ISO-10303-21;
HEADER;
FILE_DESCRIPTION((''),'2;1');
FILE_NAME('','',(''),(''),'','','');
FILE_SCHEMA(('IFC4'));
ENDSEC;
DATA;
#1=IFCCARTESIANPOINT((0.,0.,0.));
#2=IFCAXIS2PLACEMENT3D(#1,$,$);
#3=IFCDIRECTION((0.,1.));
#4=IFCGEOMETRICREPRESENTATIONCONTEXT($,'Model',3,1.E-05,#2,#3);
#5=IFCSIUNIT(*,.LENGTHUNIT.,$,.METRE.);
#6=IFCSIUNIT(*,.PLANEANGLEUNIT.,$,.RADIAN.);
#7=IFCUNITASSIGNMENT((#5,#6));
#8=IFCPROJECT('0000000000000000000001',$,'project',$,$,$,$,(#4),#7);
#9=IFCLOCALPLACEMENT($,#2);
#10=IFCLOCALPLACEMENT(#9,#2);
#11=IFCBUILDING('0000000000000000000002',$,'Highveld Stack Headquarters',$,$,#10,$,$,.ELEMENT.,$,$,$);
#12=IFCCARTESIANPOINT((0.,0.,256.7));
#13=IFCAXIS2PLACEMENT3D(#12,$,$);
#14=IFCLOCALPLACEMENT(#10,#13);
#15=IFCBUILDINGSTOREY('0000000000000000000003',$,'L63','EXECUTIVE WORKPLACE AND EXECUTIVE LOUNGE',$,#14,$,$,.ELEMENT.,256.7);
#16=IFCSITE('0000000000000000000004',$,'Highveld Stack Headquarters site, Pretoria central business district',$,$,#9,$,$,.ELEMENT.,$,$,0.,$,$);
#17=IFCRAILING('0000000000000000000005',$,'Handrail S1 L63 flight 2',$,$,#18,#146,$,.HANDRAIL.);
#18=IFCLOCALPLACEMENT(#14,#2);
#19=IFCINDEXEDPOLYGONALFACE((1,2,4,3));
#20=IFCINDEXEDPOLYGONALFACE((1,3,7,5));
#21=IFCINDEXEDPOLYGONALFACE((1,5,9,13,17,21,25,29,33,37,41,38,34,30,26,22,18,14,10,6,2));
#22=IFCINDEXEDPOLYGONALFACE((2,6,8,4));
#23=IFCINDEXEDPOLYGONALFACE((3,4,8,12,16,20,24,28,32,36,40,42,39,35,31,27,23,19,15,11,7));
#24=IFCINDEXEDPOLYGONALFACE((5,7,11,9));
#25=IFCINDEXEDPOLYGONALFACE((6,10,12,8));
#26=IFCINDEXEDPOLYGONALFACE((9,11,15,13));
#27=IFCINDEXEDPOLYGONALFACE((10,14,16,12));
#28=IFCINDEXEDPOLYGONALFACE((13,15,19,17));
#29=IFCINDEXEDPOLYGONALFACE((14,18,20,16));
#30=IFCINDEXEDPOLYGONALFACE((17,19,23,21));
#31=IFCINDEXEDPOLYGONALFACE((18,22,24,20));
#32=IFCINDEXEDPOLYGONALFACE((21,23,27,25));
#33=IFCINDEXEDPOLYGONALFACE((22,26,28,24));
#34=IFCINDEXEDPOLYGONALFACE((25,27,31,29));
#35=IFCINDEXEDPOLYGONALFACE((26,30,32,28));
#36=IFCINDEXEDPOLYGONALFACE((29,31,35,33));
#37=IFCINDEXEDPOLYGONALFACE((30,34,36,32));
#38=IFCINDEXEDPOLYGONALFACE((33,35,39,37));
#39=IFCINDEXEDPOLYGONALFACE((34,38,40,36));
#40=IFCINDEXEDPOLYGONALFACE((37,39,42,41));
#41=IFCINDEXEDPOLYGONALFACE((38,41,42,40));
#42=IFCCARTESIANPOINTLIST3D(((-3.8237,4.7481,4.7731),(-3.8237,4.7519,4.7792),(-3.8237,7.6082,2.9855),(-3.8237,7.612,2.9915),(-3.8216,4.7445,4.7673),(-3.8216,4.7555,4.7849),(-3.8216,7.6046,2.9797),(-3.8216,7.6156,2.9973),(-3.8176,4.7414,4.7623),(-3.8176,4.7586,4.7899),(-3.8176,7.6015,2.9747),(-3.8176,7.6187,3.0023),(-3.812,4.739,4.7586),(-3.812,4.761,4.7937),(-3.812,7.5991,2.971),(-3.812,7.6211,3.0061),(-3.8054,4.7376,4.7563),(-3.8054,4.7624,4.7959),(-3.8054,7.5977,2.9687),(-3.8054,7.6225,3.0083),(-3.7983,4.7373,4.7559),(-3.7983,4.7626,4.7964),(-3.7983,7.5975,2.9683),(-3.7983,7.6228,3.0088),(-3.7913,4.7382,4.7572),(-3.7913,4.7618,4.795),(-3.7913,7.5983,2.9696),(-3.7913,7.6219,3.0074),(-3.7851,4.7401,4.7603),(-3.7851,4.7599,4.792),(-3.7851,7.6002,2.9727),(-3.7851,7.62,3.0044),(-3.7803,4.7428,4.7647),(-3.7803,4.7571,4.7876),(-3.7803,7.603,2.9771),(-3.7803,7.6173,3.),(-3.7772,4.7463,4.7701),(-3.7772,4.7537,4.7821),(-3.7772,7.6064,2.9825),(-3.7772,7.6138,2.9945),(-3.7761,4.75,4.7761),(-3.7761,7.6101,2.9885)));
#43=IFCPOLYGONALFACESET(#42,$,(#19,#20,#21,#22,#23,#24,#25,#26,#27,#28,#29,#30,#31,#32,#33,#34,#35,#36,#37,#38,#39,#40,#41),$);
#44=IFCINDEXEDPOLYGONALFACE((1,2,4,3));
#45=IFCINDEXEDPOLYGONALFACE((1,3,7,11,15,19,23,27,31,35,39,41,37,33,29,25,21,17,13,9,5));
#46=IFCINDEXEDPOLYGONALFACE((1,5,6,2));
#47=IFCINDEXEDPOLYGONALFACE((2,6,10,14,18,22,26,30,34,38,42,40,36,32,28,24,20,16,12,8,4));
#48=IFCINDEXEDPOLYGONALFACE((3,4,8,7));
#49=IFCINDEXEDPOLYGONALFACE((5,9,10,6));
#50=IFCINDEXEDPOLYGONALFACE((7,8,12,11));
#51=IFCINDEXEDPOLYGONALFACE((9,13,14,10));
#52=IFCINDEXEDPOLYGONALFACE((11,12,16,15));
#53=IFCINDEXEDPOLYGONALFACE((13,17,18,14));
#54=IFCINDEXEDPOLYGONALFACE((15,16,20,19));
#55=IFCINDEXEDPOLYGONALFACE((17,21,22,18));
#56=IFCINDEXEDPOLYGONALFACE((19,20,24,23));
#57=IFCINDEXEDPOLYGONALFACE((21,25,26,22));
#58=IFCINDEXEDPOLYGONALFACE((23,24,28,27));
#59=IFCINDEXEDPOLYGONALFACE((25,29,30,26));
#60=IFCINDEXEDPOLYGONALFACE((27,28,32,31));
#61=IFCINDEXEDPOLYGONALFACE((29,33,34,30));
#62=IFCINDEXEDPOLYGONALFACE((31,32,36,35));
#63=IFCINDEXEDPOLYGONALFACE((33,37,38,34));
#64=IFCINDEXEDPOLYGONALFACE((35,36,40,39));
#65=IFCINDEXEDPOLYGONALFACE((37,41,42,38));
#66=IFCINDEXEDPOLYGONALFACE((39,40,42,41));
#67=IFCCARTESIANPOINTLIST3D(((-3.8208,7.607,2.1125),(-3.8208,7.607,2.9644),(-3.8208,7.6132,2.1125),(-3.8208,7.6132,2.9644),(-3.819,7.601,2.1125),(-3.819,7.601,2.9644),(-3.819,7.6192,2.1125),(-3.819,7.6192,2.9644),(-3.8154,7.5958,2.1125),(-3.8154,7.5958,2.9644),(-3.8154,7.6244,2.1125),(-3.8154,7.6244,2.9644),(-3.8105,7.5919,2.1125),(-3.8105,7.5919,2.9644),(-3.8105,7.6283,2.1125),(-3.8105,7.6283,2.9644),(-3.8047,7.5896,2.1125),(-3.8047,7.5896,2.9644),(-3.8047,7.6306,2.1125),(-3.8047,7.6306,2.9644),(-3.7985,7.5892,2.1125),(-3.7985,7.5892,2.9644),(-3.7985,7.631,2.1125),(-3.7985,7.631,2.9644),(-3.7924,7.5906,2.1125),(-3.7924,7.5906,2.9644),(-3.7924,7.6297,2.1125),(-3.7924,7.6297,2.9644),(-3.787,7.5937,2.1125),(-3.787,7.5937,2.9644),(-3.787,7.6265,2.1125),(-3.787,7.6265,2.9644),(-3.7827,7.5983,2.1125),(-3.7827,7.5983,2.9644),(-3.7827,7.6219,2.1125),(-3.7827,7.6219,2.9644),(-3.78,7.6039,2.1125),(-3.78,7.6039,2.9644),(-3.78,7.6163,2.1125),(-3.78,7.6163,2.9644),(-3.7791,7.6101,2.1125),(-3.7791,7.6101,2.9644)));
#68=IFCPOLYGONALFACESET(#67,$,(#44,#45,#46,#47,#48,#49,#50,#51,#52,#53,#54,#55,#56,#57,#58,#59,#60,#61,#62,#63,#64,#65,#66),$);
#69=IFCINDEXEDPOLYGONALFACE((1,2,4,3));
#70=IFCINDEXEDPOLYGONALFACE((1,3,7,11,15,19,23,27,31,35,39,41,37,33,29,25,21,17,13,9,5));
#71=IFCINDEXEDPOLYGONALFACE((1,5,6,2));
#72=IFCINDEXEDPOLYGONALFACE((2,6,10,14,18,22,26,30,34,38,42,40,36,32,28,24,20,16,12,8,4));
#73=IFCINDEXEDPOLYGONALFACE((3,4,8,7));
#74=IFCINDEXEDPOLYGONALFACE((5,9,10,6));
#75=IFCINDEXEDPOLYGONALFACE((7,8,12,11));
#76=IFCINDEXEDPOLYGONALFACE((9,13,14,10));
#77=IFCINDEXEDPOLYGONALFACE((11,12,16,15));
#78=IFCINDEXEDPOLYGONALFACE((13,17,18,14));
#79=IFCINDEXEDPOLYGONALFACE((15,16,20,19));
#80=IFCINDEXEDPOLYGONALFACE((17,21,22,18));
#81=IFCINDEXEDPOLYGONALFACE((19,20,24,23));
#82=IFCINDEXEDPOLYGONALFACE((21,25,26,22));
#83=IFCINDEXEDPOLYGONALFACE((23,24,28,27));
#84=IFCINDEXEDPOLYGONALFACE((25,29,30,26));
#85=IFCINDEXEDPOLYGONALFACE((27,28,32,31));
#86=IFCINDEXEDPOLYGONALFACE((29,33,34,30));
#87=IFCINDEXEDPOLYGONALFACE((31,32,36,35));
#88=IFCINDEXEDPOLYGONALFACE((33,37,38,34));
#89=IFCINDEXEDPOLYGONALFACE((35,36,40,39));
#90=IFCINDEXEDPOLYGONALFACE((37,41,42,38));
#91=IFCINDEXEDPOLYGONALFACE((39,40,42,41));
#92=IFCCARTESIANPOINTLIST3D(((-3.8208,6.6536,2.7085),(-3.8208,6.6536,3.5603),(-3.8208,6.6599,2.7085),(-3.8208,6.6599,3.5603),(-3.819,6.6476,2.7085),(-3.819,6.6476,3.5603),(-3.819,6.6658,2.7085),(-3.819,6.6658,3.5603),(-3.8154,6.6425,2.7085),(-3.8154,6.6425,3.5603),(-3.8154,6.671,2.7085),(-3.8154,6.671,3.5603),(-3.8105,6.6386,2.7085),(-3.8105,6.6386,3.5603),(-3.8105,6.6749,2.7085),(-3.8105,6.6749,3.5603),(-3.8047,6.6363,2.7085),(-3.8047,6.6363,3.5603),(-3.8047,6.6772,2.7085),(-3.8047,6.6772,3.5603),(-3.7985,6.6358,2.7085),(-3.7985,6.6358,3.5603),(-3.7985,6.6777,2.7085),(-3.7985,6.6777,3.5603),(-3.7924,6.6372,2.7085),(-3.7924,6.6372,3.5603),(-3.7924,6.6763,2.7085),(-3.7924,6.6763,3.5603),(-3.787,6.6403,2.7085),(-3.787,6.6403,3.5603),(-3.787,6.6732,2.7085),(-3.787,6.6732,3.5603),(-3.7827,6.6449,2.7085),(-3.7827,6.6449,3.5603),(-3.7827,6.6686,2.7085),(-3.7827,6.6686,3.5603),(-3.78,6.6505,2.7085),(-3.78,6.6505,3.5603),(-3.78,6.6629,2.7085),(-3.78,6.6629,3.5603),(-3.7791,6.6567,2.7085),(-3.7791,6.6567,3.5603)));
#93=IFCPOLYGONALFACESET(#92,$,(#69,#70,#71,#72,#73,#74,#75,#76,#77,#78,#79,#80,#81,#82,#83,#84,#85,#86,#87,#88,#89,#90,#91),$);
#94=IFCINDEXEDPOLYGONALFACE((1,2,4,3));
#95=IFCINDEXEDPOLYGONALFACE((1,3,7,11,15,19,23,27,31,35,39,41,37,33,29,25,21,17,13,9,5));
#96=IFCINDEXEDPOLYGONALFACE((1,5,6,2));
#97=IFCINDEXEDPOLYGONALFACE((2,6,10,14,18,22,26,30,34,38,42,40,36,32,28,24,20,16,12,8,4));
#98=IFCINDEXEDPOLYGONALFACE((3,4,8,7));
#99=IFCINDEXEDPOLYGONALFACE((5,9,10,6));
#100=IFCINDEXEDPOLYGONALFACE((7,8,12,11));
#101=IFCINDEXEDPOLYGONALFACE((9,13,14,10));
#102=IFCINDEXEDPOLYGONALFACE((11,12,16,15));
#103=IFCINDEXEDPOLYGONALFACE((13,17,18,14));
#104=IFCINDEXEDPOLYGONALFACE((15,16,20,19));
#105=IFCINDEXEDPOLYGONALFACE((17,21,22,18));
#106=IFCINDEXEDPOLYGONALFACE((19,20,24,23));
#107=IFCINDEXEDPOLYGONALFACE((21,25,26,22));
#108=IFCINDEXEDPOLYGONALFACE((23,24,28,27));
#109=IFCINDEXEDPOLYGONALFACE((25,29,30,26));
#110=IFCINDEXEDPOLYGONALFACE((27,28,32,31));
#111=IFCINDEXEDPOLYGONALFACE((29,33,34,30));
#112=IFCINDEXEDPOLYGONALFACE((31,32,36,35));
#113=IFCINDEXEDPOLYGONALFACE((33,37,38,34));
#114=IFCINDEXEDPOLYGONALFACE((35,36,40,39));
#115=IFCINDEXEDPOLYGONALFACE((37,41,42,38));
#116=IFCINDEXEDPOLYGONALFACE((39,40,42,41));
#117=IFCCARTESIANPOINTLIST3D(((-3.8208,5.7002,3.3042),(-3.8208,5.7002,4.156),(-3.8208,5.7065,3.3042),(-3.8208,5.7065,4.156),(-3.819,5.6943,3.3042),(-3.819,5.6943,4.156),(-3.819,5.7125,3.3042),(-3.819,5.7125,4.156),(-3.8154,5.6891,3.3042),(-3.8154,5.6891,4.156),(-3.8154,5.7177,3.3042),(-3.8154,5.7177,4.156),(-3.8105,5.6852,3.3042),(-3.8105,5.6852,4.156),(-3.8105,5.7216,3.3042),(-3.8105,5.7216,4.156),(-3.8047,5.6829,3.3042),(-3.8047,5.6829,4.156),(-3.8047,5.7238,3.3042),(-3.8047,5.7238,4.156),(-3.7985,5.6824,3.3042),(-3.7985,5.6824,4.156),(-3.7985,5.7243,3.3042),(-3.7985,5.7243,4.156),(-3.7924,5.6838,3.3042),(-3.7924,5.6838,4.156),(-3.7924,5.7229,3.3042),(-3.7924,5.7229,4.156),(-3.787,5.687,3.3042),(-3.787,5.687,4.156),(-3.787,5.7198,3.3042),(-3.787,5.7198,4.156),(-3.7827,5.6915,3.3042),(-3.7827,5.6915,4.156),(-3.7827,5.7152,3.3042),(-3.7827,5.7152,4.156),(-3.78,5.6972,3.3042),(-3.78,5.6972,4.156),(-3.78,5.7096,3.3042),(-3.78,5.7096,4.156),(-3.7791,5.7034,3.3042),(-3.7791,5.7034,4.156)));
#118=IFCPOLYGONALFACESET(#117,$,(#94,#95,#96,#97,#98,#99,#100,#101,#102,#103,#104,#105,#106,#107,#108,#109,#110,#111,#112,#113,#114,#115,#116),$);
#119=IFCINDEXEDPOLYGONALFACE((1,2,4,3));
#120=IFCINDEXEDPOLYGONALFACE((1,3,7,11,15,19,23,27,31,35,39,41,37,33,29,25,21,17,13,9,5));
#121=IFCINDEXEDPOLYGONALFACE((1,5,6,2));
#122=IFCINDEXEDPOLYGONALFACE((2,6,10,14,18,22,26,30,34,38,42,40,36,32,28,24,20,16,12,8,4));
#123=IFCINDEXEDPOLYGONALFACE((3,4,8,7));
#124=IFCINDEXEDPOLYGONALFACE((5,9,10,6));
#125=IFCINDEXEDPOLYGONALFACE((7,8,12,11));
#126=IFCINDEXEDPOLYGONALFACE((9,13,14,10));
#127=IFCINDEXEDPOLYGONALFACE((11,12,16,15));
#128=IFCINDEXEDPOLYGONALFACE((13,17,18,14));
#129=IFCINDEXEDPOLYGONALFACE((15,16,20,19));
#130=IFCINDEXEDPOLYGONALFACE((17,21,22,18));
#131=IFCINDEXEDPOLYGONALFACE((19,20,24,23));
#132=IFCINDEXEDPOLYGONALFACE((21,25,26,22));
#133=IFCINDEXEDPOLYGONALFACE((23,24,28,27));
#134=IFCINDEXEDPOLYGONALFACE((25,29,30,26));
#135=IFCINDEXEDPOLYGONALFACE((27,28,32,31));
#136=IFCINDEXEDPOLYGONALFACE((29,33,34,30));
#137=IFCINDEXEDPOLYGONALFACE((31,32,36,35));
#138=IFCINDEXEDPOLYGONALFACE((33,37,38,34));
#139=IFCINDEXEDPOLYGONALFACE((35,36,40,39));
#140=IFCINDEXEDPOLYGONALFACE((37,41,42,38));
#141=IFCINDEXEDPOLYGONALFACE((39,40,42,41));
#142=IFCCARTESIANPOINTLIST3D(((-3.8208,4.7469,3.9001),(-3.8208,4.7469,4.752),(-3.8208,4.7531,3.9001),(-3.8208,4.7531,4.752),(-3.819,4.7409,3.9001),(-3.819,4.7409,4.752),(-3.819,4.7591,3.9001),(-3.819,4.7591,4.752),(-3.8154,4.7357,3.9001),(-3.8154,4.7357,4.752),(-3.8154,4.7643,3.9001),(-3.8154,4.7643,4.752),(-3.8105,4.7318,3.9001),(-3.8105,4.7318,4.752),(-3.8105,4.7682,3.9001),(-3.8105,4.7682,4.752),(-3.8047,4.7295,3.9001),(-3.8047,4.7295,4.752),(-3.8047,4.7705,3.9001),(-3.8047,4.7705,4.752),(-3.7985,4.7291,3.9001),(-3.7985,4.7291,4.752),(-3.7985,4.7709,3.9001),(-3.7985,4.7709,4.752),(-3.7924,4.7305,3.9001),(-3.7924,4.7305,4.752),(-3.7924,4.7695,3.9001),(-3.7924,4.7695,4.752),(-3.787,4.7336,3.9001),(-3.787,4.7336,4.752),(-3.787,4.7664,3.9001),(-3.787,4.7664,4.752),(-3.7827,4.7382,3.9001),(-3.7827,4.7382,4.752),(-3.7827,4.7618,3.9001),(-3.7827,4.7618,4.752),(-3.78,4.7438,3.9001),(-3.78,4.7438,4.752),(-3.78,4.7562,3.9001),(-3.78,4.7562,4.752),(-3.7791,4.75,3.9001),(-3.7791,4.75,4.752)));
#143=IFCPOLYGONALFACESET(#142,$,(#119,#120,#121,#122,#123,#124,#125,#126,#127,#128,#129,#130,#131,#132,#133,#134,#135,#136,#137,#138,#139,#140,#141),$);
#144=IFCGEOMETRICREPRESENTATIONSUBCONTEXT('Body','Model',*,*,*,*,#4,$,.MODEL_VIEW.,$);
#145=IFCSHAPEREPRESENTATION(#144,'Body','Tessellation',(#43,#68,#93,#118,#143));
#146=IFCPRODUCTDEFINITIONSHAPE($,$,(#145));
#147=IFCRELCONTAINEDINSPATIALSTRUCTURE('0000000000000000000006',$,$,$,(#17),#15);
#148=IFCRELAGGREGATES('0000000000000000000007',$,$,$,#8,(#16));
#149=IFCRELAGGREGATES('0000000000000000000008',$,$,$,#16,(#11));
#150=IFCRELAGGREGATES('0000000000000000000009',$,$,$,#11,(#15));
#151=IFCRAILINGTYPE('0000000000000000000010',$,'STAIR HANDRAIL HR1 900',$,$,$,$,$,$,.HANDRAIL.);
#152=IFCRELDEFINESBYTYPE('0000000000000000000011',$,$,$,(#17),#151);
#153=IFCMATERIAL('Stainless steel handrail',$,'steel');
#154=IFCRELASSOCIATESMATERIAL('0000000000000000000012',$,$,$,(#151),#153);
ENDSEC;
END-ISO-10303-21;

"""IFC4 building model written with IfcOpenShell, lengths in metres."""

from ifc_helpers import new_model, si_unit, direction, frame, origin, origin_2d, place, context, subcontext, project, spatial, circle, extrude, material, type_object, element, save


model = new_model("IFC4")

# Units and contexts
model_context = context("Model", 3, precision=1e-05, world=origin(), true_north=direction((0.0, 1.0)))
body_context = subcontext(model_context, "Body", "Model", "MODEL_VIEW")
ifc_project = project(units=[si_unit("LENGTHUNIT", "METRE"), si_unit("PLANEANGLEUNIT", "RADIAN")], contexts=[model_context])

# Site, building, storey
site_placement = place(None, origin())
site = spatial("IfcSite", under=ifc_project, at=site_placement, Name="Highveld Stack Headquarters site, Pretoria central business district", CompositionType="ELEMENT", RefElevation=0.0)
building_placement = place(site_placement, origin())
building = spatial("IfcBuilding", under=site, at=building_placement, Name="Highveld Stack Headquarters", CompositionType="ELEMENT")
storey_placement = place(building_placement, frame((0.0, 0.0, 256.7)))
storey = spatial("IfcBuildingStorey", under=building, at=storey_placement, Name="L63", Description="EXECUTIVE WORKPLACE AND EXECUTIVE LOUNGE", CompositionType="ELEMENT", Elevation=256.7)

# Railing
ifc_material_1 = material(Name="Stainless steel handrail", Category="steel")
railing_type = type_object("IfcRailingType", Name="STAIR HANDRAIL HR1 900", PredefinedType="HANDRAIL", material=ifc_material_1)
for number, where, name in (
    (1, (-3.8, 7.6101, 2.1125), "Handrail S1 L63 flight 2"),
):
    element("IfcRailing", number, at=place(storey_placement, frame(where)), inside=storey, type_object=railing_type, Name=name, PredefinedType="HANDRAIL", context=body_context, shape_type="SweptSolid", body=[
        extrude(circle(Radius=0.0239, at=origin_2d()), frame((0.0, 0.0, 0.876), z_axis=(0.0, -0.847994, 0.530005), x_axis=(1.0, 0.0, 0.0)), (0.0, 0.0, 1.0), 3.3728),
        extrude(circle(Radius=0.021, at=origin_2d()), origin(), (0.0, 0.0, 1.0), 0.8518),
        extrude(circle(Radius=0.021, at=origin_2d()), frame((0.0, -0.9534, 0.5959)), (0.0, 0.0, 1.0), 0.8518),
        extrude(circle(Radius=0.021, at=origin_2d()), frame((0.0, -1.9067, 1.1917)), (0.0, 0.0, 1.0), 0.8518),
        extrude(circle(Radius=0.021, at=origin_2d()), frame((0.0, -2.8601, 1.7876)), (0.0, 0.0, 1.0), 0.8518),
    ])

save(model, "model.ifc")
